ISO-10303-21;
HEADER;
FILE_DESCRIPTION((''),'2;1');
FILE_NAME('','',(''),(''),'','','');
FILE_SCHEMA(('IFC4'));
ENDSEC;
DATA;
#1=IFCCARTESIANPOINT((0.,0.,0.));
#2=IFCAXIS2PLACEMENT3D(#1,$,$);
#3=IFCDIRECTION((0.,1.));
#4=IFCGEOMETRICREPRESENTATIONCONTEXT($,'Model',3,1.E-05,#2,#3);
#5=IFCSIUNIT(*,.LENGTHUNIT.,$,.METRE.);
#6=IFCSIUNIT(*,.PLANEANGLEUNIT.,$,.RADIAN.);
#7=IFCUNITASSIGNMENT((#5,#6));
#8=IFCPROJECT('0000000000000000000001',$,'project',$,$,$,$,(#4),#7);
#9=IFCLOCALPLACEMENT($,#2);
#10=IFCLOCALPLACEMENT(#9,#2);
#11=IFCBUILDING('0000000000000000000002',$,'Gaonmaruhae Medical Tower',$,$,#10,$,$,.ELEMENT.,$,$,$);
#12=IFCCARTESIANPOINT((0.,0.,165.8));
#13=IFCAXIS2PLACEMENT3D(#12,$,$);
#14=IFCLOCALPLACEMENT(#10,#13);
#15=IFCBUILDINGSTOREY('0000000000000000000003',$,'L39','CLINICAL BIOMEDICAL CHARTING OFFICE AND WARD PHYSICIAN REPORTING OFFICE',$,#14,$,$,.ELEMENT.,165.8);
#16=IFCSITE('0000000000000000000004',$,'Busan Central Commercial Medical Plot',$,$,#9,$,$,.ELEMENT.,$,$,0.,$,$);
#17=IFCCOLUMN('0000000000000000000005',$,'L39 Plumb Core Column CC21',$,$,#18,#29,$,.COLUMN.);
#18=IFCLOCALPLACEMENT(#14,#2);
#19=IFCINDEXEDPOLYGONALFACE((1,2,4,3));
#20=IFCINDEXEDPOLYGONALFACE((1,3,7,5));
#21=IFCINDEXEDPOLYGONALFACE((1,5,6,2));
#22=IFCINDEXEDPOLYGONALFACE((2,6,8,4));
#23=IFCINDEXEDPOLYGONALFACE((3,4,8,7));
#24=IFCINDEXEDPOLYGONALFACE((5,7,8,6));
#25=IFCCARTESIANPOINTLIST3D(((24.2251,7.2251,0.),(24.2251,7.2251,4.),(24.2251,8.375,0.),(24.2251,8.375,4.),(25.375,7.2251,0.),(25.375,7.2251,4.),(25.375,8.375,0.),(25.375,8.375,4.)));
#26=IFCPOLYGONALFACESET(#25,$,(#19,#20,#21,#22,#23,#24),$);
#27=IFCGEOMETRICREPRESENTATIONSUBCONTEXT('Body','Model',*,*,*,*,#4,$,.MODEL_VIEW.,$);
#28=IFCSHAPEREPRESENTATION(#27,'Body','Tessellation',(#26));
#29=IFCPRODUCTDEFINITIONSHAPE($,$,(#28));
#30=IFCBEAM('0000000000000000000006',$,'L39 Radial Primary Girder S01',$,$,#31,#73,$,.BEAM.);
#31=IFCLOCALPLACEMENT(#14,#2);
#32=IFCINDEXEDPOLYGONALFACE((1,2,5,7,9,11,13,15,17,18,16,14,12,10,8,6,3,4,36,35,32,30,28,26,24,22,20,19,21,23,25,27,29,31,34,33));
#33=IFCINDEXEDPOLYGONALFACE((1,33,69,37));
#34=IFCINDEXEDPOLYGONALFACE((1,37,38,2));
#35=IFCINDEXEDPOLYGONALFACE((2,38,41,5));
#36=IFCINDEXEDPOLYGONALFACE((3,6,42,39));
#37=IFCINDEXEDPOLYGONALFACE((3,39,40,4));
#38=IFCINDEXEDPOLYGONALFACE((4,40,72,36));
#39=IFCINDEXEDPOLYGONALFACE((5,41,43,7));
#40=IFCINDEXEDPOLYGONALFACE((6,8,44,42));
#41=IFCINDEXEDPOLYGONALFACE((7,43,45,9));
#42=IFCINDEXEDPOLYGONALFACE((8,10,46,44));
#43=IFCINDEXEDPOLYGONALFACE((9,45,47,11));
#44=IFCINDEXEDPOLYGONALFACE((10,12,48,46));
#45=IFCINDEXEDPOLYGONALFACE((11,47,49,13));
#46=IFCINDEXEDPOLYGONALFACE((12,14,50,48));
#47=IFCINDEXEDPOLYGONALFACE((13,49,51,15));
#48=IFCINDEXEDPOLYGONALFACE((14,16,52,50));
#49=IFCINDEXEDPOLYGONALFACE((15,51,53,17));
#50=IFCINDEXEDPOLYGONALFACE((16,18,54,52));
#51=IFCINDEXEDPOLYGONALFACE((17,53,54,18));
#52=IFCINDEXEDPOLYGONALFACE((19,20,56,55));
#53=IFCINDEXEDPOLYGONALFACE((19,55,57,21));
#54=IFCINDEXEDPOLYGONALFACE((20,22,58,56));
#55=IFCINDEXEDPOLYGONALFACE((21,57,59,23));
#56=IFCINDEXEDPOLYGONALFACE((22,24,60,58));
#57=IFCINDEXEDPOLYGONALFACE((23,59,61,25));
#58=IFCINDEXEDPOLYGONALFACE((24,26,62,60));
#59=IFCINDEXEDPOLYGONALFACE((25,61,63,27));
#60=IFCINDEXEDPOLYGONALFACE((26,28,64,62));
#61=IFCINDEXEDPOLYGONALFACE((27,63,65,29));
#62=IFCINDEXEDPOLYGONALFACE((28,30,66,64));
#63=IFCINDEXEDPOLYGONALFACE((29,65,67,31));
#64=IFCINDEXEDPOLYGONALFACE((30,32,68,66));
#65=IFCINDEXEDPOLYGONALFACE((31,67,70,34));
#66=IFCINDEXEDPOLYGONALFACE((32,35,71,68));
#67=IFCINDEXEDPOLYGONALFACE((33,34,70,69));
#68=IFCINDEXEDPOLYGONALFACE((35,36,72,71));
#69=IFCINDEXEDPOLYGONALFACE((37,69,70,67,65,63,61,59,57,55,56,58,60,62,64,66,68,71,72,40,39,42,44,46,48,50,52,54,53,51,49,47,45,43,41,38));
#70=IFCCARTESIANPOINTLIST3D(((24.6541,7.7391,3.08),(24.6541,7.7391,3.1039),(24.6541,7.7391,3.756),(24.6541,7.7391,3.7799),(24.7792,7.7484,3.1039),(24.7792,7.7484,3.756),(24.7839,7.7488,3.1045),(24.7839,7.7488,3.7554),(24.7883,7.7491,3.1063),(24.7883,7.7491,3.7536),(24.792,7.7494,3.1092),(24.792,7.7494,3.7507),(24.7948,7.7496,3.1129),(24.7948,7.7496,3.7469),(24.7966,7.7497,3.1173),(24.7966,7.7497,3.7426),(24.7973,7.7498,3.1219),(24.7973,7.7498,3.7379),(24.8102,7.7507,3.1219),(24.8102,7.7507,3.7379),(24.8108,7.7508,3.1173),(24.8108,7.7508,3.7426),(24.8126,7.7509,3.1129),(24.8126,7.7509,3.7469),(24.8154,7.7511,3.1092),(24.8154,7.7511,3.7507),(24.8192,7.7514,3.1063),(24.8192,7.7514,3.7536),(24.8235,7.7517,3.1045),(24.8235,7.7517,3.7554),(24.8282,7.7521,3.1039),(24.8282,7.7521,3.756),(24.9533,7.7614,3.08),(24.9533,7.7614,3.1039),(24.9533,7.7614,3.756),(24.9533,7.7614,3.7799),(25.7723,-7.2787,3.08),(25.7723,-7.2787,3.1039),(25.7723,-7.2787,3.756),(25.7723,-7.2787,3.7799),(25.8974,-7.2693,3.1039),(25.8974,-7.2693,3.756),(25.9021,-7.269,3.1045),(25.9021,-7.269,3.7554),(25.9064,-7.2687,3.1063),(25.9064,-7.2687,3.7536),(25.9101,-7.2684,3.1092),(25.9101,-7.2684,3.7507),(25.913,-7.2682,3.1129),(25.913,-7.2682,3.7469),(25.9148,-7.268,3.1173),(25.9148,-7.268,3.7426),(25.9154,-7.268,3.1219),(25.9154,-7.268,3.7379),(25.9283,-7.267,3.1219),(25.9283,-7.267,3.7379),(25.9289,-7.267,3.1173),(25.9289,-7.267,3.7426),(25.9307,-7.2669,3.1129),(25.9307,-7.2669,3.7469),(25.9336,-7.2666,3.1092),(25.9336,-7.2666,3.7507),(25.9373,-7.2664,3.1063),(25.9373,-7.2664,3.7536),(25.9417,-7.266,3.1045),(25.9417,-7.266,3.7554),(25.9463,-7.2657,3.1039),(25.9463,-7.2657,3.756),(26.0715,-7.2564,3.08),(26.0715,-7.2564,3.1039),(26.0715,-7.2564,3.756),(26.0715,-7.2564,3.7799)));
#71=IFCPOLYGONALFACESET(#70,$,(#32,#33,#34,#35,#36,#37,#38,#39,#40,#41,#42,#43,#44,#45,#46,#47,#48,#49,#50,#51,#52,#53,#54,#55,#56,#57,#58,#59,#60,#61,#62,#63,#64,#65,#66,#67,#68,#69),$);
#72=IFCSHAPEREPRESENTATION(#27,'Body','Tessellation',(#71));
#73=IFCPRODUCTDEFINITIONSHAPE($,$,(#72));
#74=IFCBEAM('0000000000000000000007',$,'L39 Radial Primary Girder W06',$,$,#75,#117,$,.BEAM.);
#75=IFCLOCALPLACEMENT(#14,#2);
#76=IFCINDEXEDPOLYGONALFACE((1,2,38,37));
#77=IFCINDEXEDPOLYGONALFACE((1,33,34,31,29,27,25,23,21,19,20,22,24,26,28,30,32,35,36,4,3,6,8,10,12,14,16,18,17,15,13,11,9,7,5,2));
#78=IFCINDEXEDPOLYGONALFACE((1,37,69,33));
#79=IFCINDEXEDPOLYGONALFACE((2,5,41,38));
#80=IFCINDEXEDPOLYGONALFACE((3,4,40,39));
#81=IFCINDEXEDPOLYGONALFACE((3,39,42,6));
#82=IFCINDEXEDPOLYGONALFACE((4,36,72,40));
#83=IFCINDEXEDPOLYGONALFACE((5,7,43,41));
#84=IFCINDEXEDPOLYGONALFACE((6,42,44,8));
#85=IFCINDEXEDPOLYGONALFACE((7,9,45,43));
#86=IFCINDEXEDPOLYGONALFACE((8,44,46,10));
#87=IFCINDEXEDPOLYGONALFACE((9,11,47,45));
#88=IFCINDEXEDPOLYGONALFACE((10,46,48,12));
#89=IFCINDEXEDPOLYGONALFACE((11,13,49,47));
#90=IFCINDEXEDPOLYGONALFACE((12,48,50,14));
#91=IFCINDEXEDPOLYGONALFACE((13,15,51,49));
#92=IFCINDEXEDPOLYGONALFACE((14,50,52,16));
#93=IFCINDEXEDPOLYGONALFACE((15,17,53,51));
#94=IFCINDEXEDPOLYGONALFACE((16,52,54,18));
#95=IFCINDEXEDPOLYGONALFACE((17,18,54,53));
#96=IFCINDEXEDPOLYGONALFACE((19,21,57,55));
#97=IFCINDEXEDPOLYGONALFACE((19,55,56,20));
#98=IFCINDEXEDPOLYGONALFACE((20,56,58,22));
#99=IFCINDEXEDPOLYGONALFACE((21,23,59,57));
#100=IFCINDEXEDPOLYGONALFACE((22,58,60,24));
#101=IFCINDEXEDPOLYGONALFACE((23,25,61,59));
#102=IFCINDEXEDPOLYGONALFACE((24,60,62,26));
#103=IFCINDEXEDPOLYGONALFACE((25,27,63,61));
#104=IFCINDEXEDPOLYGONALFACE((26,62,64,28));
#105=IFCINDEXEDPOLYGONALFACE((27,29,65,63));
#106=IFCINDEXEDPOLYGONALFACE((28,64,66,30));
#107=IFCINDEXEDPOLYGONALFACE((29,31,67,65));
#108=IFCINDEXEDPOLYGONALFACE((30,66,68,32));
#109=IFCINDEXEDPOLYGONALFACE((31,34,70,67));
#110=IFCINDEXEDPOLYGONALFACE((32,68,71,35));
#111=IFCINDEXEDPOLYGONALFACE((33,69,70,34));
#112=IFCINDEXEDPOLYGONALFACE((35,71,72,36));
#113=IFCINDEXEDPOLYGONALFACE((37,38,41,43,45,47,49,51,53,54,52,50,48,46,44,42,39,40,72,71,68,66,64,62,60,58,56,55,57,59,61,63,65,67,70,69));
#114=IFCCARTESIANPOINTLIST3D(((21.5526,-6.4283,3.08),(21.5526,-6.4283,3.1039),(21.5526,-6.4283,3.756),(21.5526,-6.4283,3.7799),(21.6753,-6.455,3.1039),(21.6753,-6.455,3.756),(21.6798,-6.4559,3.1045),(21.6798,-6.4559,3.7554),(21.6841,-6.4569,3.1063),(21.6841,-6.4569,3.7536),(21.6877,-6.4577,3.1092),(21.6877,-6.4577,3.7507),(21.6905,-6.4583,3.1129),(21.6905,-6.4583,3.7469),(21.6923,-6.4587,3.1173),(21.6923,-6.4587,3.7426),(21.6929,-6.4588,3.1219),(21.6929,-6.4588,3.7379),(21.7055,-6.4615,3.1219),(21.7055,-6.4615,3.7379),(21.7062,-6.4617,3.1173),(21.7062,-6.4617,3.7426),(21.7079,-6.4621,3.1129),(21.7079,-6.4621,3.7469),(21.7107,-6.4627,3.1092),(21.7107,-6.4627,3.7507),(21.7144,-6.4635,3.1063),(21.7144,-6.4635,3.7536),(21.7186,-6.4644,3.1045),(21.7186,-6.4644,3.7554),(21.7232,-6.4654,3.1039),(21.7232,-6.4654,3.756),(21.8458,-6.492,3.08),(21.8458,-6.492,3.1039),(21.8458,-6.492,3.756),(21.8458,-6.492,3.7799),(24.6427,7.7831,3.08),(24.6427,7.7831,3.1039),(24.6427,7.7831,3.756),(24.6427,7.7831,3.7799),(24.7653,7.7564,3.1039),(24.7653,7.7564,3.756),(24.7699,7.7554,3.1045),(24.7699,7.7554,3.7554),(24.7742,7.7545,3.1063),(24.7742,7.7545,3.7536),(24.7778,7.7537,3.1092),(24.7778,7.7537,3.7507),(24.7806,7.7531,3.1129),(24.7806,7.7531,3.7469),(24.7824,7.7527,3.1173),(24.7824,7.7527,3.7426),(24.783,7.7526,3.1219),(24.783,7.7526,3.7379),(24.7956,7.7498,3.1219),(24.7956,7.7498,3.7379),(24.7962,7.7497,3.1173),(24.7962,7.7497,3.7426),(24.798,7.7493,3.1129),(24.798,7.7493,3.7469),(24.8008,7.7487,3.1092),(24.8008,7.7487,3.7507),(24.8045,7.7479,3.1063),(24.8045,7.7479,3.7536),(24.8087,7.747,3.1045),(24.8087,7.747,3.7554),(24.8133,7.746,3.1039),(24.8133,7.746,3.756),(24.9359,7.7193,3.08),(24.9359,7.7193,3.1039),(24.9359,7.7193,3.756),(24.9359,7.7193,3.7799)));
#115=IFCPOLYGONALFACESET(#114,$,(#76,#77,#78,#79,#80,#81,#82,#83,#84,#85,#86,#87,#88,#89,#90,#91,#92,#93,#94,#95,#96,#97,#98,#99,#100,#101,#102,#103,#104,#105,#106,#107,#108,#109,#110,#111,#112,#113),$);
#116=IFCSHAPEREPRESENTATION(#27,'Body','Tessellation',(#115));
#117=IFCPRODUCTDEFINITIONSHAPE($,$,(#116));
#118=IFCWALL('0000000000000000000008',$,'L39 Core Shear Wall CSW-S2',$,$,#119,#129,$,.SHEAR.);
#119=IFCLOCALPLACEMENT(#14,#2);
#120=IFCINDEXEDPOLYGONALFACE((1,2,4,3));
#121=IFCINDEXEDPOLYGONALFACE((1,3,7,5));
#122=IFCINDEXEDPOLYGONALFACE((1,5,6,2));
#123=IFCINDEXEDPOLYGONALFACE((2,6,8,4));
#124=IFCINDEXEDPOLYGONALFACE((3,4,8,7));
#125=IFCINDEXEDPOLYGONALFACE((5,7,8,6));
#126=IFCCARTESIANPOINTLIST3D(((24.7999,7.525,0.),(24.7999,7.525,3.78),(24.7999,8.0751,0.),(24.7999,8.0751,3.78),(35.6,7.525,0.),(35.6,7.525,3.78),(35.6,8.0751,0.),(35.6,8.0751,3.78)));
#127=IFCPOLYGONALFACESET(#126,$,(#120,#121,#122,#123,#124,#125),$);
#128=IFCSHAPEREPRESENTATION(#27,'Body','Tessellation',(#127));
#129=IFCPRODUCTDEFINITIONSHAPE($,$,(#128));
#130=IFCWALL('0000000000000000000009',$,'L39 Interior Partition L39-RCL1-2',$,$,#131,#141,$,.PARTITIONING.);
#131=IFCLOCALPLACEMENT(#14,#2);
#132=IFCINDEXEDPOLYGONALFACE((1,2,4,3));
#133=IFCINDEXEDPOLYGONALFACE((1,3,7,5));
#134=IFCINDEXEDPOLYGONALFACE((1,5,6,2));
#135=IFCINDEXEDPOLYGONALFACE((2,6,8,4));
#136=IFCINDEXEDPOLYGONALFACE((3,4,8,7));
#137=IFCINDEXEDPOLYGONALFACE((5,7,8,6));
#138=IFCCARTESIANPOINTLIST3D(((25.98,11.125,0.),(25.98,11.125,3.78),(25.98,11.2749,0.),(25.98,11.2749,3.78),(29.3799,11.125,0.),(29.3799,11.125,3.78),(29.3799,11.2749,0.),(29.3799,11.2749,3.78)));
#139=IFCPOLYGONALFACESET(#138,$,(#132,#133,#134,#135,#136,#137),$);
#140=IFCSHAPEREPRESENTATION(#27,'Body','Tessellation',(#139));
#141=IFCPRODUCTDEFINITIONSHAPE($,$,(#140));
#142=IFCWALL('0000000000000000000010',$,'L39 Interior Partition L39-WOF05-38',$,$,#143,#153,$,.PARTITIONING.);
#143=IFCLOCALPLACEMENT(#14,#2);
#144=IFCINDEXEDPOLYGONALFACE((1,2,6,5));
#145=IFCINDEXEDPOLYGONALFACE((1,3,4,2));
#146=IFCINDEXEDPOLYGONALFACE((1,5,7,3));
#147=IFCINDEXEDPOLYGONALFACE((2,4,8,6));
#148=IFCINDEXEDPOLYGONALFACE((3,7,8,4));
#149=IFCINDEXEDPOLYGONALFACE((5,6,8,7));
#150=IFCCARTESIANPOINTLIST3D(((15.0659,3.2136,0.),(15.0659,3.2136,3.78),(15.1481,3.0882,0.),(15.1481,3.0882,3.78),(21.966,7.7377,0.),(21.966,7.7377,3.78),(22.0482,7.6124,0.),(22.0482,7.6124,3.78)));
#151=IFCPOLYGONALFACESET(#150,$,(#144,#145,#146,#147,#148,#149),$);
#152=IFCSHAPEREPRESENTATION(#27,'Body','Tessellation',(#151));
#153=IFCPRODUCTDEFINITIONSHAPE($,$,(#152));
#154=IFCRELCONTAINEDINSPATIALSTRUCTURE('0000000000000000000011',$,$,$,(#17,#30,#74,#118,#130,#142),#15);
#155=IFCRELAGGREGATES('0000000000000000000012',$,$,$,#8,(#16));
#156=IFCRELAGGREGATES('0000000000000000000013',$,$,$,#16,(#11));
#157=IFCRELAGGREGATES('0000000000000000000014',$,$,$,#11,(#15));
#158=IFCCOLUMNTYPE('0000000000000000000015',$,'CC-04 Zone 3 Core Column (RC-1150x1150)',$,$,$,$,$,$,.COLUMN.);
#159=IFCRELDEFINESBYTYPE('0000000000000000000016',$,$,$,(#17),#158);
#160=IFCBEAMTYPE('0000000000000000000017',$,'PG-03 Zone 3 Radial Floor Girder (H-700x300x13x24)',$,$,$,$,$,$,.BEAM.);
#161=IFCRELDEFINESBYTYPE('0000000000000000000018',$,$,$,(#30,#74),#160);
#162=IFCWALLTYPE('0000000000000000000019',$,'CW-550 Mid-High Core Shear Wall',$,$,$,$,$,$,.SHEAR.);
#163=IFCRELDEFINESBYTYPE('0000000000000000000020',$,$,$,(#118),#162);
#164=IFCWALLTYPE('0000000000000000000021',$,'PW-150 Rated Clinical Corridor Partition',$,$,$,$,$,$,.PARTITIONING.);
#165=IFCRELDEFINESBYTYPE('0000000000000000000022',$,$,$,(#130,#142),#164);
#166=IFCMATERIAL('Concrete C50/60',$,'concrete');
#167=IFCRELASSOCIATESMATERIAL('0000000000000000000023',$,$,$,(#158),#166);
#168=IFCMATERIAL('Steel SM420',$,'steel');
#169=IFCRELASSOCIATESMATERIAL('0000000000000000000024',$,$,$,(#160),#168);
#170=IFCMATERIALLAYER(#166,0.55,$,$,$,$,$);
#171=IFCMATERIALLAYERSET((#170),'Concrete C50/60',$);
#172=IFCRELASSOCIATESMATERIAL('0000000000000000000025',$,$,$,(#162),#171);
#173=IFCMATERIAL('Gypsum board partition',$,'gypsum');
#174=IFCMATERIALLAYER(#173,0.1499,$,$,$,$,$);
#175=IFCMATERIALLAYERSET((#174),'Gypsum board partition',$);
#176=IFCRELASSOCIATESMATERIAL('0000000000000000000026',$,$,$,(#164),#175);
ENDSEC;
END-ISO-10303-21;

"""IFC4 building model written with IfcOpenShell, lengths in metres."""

from ifc_helpers import new_model, si_unit, direction, frame, frame_2d, origin, origin_2d, place, context, subcontext, project, spatial, rectangle, i_section, extrude, material, layer, layer_set, material_profile, profile_set, type_object, element, save


model = new_model("IFC4")

# Units and contexts
model_context = context("Model", 3, precision=1e-05, world=origin(), true_north=direction((0.0, 1.0)))
body_context = subcontext(model_context, "Body", "Model", "MODEL_VIEW")
ifc_project = project(units=[si_unit("LENGTHUNIT", "METRE"), si_unit("PLANEANGLEUNIT", "RADIAN")], contexts=[model_context])

# Site, building, storey
site_placement = place(None, origin())
site = spatial("IfcSite", under=ifc_project, at=site_placement, Name="Busan Central Commercial Medical Plot", CompositionType="ELEMENT", RefElevation=0.0)
building_placement = place(site_placement, origin())
building = spatial("IfcBuilding", under=site, at=building_placement, Name="Gaonmaruhae Medical Tower", CompositionType="ELEMENT")
storey_placement = place(building_placement, frame((0.0, 0.0, 165.8)))
storey = spatial("IfcBuildingStorey", under=building, at=storey_placement, Name="L39", Description="CLINICAL BIOMEDICAL CHARTING OFFICE AND WARD PHYSICIAN REPORTING OFFICE", CompositionType="ELEMENT", Elevation=165.8)

# Column
ifc_material_1 = material(Name="Concrete C50/60", Category="concrete")
ifc_material_profile_1 = material_profile(ifc_material_1, rectangle(XDim=1.1499, YDim=1.1499, at=origin_2d()), Name="RC-1150x1150")
ifc_profile_set_1 = profile_set([ifc_material_profile_1], Name="Concrete C50/60")
column_type = type_object("IfcColumnType", Name="CC-04 Zone 3 Core Column (RC-1150x1150)", PredefinedType="COLUMN", material=ifc_profile_set_1)
column_placement = place(storey_placement, frame((24.8, 7.8, 0.0), z_axis=(0.0, 0.0, 1.0), x_axis=(1.0, 0.0, 0.0)))
element("IfcColumn", 1, at=column_placement, inside=storey, type_object=column_type, Name="L39 Plumb Core Column CC21", PredefinedType="COLUMN", context=body_context, shape_type="SweptSolid", body=[
    extrude(rectangle(XDim=1.1499, YDim=1.1499, at=origin_2d()), origin(), (0.0, 0.0, 1.0), 4.0),
])

# Beams
ifc_material_2 = material(Name="Steel SM420", Category="steel")
ifc_material_profile_2 = material_profile(ifc_material_2, i_section(OverallWidth=0.3, OverallDepth=0.7, WebThickness=0.0129, FlangeThickness=0.0239, FilletRadius=0.0181, at=origin_2d()), Name="H-700x300x13x24")
ifc_profile_set_2 = profile_set([ifc_material_profile_2], Name="Steel SM420")
beam_type = type_object("IfcBeamType", Name="PG-03 Zone 3 Radial Floor Girder (H-700x300x13x24)", PredefinedType="BEAM", material=ifc_profile_set_2)
beam_1_placement = place(storey_placement, frame((24.8037, 7.7502, 3.4299), z_axis=(0.07425, -0.99724, 0.0), x_axis=(0.99724, 0.07425, 0.0)))
element("IfcBeam", 2, at=beam_1_placement, inside=storey, type_object=beam_type, Name="L39 Radial Primary Girder S01", PredefinedType="BEAM", context=body_context, shape_type="SweptSolid", body=[
    extrude(i_section(OverallWidth=0.3, OverallDepth=0.7, WebThickness=0.0129, FlangeThickness=0.0239, FilletRadius=0.0181, at=origin_2d()), origin(), (0.0, 0.0, 1.0), 15.0593),
])
beam_2_placement = place(storey_placement, frame((24.7893, 7.7512, 3.4299), z_axis=(-0.212472, -0.977167, 0.0), x_axis=(0.977167, -0.212472, 0.0)))
element("IfcBeam", 3, at=beam_2_placement, inside=storey, type_object=beam_type, Name="L39 Radial Primary Girder W06", PredefinedType="BEAM", context=body_context, shape_type="SweptSolid", body=[
    extrude(i_section(OverallWidth=0.3, OverallDepth=0.7, WebThickness=0.0129, FlangeThickness=0.0239, FilletRadius=0.0181, at=origin_2d()), origin(), (0.0, 0.0, 1.0), 14.5435),
])

# Wall
ifc_layer_1 = layer(ifc_material_1, 0.55)
ifc_layer_set_1 = layer_set([ifc_layer_1], Name="Concrete C50/60")
wall_type_1 = type_object("IfcWallType", Name="CW-550 Mid-High Core Shear Wall", PredefinedType="SHEAR", material=ifc_layer_set_1)
wall_1_placement = place(storey_placement, frame((24.8, 7.8, 0.0), z_axis=(0.0, 0.0, 1.0), x_axis=(1.0, 0.0, 0.0)))
element("IfcWall", 4, at=wall_1_placement, inside=storey, type_object=wall_type_1, Name="L39 Core Shear Wall CSW-S2", PredefinedType="SHEAR", context=body_context, shape_type="SweptSolid", body=[
    extrude(rectangle(XDim=10.8, YDim=0.55, at=frame_2d((5.3999, 0.0))), origin(), (0.0, 0.0, 1.0), 3.78),
])

# Shared definitions
ifc_material_3 = material(Name="Gypsum board partition", Category="gypsum")
ifc_layer_2 = layer(ifc_material_3, 0.1499)
ifc_layer_set_2 = layer_set([ifc_layer_2], Name="Gypsum board partition")
wall_type_2 = type_object("IfcWallType", Name="PW-150 Rated Clinical Corridor Partition", PredefinedType="PARTITIONING", material=ifc_layer_set_2)

# Walls
wall_2_placement = place(storey_placement, frame((25.98, 11.2, 0.0), z_axis=(0.0, 0.0, 1.0), x_axis=(1.0, 0.0, 0.0)))
element("IfcWall", 5, at=wall_2_placement, inside=storey, type_object=wall_type_2, Name="L39 Interior Partition L39-RCL1-2", PredefinedType="PARTITIONING", context=body_context, shape_type="SweptSolid", body=[
    extrude(rectangle(XDim=3.3999, YDim=0.1499, at=frame_2d((1.7, 0.0))), origin(), (0.0, 0.0, 1.0), 3.78),
])
wall_3_placement = place(storey_placement, frame((22.0071, 7.675, 0.0), z_axis=(0.0, 0.0, 1.0), x_axis=(-0.836273, -0.548313, 0.0)))
element("IfcWall", 6, at=wall_3_placement, inside=storey, type_object=wall_type_2, Name="L39 Interior Partition L39-WOF05-38", PredefinedType="PARTITIONING", context=body_context, shape_type="SweptSolid", body=[
    extrude(rectangle(XDim=8.251, YDim=0.1499, at=frame_2d((4.1255, 0.0))), origin(), (0.0, 0.0, 1.0), 3.78),
])

save(model, "model.ifc")
